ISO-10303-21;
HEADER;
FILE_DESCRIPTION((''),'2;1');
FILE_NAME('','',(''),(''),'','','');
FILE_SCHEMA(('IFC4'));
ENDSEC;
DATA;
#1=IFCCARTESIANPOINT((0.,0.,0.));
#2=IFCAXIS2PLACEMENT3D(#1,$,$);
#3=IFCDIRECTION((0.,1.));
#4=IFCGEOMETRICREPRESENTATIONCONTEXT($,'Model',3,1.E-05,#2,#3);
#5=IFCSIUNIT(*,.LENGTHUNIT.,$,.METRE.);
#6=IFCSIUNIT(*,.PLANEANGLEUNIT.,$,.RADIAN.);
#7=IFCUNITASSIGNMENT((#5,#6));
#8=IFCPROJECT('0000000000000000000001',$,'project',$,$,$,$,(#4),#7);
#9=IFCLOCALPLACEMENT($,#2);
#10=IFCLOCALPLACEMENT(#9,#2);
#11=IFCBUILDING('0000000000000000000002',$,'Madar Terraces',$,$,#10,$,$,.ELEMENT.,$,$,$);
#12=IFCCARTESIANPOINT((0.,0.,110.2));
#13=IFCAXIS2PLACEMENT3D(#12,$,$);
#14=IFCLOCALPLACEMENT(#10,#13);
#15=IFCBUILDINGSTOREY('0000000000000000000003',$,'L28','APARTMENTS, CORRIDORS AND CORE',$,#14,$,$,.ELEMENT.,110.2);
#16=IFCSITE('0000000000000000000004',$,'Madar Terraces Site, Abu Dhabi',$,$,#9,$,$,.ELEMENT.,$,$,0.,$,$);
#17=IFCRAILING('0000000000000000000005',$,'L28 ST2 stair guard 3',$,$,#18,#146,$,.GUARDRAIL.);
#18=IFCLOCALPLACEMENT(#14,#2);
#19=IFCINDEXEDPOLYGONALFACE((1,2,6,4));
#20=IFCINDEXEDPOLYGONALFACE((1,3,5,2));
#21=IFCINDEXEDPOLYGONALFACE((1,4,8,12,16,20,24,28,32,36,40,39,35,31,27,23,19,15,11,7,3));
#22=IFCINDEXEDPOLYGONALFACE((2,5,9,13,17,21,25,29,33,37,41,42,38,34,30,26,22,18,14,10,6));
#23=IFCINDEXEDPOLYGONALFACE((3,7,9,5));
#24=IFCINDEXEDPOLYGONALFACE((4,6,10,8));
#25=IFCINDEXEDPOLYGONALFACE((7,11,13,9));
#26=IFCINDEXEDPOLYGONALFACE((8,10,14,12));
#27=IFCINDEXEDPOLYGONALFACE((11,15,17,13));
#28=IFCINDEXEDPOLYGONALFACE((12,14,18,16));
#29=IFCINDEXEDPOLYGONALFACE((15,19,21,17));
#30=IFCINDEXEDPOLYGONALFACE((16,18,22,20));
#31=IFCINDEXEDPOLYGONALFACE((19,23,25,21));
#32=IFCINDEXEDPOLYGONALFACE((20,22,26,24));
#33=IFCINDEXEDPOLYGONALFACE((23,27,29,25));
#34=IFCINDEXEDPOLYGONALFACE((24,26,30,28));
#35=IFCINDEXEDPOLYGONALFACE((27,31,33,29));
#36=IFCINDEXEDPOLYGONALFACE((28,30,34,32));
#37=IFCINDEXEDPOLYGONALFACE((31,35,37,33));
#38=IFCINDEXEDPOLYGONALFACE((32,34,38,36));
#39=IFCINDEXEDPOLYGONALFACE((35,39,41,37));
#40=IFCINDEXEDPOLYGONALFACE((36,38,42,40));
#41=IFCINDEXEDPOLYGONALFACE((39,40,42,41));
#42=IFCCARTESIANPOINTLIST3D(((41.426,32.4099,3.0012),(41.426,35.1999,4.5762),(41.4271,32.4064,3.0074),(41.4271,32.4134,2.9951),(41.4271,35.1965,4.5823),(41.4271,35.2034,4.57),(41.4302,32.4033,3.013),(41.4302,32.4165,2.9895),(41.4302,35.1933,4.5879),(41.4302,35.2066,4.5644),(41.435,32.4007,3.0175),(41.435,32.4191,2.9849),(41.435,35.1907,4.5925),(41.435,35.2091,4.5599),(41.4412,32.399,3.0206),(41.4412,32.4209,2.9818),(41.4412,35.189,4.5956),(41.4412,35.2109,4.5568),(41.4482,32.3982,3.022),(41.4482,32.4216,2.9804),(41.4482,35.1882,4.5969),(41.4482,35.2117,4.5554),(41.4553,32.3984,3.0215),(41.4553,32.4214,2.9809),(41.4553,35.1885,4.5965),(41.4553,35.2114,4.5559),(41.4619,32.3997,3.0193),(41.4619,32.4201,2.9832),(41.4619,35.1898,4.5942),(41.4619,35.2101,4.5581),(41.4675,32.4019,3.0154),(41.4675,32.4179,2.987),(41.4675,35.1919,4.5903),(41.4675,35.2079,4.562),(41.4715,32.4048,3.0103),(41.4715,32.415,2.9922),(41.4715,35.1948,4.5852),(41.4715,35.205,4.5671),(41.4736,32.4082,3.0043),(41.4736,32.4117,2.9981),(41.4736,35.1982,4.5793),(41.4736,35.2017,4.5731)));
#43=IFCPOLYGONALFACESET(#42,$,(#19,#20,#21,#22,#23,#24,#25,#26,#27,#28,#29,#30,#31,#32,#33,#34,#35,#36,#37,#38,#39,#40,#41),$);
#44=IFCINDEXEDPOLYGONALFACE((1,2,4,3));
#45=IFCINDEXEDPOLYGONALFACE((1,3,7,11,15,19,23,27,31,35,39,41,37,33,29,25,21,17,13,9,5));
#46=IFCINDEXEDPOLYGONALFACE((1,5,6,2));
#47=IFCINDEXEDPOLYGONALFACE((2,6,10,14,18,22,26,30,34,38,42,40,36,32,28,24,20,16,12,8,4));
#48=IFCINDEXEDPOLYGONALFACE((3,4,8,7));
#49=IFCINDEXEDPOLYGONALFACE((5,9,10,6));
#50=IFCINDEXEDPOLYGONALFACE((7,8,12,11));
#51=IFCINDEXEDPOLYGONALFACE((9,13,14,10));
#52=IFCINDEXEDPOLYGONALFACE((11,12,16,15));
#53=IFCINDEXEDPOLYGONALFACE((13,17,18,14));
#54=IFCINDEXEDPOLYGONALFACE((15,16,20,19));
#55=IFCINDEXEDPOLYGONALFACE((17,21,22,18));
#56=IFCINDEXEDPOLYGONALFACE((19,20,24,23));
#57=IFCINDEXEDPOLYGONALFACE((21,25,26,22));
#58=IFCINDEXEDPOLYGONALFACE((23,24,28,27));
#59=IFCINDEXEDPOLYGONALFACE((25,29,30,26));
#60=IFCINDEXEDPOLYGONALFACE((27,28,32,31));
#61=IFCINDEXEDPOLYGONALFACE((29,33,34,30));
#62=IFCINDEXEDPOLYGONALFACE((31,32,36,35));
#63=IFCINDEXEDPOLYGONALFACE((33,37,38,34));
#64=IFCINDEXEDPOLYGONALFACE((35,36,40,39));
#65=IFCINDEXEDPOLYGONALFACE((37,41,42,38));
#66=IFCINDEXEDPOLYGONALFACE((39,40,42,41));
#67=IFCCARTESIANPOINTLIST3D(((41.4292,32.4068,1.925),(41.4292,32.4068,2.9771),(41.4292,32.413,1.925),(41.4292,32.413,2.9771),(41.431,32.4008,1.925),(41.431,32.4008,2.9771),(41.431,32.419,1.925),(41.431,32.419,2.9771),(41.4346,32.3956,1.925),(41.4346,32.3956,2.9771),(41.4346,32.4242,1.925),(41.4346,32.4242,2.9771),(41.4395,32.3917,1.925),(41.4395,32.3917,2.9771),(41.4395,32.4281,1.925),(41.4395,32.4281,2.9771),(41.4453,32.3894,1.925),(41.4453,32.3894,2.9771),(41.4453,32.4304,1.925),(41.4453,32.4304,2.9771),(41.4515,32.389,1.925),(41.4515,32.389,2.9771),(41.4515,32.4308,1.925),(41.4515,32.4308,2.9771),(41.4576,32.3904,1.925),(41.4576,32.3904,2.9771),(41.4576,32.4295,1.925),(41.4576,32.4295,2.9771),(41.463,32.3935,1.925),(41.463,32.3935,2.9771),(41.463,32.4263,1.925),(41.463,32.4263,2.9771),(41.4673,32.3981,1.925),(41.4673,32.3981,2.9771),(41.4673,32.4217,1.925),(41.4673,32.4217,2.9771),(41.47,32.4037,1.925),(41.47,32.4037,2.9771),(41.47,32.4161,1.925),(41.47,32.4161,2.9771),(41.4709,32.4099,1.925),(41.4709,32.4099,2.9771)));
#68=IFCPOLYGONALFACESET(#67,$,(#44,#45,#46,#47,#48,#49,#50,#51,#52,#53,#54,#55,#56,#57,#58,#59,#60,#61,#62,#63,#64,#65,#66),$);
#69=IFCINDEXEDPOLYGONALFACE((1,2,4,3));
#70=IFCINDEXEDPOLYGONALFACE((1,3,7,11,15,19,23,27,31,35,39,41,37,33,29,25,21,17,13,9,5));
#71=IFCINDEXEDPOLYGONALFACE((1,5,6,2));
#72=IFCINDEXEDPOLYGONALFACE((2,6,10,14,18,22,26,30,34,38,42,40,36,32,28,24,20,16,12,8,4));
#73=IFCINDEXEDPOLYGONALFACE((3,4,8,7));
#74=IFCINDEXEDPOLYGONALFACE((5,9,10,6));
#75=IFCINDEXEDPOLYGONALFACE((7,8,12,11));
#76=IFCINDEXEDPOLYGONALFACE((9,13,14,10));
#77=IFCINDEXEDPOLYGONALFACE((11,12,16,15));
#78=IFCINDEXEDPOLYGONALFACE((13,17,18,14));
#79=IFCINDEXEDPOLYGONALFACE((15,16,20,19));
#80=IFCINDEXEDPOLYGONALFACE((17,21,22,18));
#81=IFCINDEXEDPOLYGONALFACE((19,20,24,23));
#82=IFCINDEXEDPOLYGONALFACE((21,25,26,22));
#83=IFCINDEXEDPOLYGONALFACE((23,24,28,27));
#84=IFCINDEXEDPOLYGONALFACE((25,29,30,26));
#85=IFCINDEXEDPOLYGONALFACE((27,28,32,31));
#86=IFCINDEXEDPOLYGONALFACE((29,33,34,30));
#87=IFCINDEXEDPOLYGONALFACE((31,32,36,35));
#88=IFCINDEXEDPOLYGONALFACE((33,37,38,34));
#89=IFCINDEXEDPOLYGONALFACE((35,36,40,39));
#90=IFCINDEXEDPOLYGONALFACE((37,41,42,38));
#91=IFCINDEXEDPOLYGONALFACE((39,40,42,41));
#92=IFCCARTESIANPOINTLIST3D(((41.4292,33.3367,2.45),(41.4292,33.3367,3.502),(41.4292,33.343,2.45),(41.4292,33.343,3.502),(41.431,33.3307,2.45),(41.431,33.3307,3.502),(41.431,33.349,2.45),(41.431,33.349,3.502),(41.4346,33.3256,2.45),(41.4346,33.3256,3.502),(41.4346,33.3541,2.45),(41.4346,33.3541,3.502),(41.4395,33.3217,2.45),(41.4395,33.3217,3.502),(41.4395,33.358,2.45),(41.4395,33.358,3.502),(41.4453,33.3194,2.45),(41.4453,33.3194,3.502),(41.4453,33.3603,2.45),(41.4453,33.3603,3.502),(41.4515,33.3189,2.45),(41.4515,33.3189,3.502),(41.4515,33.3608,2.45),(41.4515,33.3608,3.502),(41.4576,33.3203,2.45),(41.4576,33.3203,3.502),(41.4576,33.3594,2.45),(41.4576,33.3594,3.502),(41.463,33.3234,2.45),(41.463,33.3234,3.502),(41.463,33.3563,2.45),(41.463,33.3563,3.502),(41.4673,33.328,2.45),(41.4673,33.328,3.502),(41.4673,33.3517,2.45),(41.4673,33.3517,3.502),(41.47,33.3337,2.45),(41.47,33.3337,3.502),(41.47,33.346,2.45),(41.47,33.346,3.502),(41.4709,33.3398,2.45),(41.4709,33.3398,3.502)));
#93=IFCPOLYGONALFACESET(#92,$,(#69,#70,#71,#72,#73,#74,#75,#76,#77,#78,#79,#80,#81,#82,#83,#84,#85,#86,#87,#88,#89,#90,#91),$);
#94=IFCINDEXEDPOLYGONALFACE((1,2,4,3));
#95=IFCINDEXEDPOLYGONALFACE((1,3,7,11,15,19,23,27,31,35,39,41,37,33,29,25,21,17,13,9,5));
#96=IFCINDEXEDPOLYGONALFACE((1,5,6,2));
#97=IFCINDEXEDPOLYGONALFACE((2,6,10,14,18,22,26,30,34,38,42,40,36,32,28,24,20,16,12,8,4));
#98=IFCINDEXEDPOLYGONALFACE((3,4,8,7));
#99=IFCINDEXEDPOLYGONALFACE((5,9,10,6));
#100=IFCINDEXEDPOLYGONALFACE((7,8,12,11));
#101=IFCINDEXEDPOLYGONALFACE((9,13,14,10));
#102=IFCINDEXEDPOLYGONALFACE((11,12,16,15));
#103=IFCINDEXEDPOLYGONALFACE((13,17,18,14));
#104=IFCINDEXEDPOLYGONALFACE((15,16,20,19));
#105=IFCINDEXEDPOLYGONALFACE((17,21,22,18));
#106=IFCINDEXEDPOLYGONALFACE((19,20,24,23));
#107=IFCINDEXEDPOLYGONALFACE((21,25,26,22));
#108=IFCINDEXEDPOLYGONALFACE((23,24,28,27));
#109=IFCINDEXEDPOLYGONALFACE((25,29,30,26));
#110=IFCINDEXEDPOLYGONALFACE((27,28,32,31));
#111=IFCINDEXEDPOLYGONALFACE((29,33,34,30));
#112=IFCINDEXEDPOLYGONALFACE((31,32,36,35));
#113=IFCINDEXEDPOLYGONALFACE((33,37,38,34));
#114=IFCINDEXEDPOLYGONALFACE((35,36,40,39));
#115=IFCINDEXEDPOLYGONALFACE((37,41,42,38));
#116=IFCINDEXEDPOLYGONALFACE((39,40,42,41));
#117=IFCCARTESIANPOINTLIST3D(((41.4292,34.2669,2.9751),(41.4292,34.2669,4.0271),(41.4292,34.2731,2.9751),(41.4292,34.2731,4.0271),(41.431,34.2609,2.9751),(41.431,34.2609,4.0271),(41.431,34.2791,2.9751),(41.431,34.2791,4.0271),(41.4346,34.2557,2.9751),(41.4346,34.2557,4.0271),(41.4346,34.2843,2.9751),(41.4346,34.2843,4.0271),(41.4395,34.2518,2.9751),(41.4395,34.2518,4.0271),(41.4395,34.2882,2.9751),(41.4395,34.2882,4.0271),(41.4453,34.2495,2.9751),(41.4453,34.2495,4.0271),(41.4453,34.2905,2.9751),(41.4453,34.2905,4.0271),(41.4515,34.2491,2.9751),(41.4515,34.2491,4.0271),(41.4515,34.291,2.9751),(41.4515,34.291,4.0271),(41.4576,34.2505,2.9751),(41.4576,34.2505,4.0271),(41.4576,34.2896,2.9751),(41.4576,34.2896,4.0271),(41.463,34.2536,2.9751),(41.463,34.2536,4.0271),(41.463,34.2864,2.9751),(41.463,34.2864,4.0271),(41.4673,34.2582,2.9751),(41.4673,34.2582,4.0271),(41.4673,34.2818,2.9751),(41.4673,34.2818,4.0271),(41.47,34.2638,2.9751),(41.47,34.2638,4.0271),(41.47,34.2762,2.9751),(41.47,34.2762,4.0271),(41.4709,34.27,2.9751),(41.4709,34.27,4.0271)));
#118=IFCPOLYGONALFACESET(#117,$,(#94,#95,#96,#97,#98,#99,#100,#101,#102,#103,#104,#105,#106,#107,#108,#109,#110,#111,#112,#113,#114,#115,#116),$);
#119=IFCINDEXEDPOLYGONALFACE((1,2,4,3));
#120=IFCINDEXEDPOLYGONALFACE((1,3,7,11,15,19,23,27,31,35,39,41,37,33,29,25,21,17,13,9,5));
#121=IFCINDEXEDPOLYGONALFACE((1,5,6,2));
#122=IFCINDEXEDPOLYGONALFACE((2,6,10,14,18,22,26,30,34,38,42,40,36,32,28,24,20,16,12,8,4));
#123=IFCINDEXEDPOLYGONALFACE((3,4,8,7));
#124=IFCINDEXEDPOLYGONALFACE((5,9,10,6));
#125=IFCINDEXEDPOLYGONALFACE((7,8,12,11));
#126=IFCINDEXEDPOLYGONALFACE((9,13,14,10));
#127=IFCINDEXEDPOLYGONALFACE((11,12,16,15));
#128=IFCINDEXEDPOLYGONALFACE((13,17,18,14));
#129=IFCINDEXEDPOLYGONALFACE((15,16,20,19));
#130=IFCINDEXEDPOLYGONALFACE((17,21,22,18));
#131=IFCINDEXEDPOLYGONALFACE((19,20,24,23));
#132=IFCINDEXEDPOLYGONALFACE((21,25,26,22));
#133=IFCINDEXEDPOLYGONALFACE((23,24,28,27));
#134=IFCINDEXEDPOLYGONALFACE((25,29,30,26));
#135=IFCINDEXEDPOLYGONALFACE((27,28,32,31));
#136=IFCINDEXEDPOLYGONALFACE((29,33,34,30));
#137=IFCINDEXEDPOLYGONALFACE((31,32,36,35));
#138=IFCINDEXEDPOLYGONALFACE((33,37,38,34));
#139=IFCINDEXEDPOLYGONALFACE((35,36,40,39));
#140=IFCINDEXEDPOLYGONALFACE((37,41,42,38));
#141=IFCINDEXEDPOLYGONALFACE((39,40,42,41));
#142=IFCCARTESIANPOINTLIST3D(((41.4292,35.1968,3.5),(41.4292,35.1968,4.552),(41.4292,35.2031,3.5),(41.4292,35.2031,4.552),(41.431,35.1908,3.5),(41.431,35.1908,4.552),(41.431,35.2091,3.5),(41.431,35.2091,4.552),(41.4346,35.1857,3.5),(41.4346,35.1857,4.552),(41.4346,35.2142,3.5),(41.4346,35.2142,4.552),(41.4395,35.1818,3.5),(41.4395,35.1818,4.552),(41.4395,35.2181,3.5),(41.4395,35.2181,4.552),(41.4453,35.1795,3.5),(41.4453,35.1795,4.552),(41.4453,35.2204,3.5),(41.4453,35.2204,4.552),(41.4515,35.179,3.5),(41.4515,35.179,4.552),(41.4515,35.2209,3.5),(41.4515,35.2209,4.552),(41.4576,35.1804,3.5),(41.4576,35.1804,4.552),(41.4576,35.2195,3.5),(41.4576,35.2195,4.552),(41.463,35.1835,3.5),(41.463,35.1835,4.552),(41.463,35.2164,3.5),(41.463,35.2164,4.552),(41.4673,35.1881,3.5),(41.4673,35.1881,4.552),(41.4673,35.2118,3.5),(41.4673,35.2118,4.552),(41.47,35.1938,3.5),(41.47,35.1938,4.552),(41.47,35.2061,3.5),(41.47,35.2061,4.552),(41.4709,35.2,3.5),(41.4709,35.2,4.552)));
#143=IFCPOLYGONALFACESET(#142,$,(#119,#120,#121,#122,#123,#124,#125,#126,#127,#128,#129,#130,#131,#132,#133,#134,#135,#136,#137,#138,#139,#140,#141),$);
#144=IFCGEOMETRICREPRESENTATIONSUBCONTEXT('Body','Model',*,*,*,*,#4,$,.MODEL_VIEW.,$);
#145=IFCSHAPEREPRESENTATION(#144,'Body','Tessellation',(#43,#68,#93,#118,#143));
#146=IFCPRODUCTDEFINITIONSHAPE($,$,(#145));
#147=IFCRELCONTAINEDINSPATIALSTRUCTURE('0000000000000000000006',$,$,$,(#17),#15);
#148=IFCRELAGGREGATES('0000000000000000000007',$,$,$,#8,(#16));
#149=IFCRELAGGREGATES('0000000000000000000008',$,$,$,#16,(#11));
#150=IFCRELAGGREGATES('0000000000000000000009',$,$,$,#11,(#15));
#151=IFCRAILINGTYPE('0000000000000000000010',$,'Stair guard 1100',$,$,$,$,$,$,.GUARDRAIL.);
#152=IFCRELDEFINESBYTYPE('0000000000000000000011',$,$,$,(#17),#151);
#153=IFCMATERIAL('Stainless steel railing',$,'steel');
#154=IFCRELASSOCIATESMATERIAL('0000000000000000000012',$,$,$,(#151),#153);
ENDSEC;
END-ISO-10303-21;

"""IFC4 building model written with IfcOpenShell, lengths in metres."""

from ifc_helpers import new_model, si_unit, direction, frame, origin, origin_2d, place, context, subcontext, project, spatial, circle, extrude, material, type_object, element, save


model = new_model("IFC4")

# Units and contexts
model_context = context("Model", 3, precision=1e-05, world=origin(), true_north=direction((0.0, 1.0)))
body_context = subcontext(model_context, "Body", "Model", "MODEL_VIEW")
ifc_project = project(units=[si_unit("LENGTHUNIT", "METRE"), si_unit("PLANEANGLEUNIT", "RADIAN")], contexts=[model_context])

# Site, building, storey
site_placement = place(None, origin())
site = spatial("IfcSite", under=ifc_project, at=site_placement, Name="Madar Terraces Site, Abu Dhabi", CompositionType="ELEMENT", RefElevation=0.0)
building_placement = place(site_placement, origin())
building = spatial("IfcBuilding", under=site, at=building_placement, Name="Madar Terraces", CompositionType="ELEMENT")
storey_placement = place(building_placement, frame((0.0, 0.0, 110.2)))
storey = spatial("IfcBuildingStorey", under=building, at=storey_placement, Name="L28", Description="APARTMENTS, CORRIDORS AND CORE", CompositionType="ELEMENT", Elevation=110.2)

# Railing
ifc_material_1 = material(Name="Stainless steel railing", Category="steel")
railing_type_1 = type_object("IfcRailingType", Name="Stair guard 1100", PredefinedType="GUARDRAIL", material=ifc_material_1)
railing_1_placement = place(storey_placement, frame((41.45, 32.4099, 1.925)))
element("IfcRailing", 1, at=railing_1_placement, inside=storey, type_object=railing_type_1, Name="L28 ST2 stair guard 3", PredefinedType="GUARDRAIL", context=body_context, shape_type="SweptSolid", body=[
    extrude(circle(Radius=0.0239, at=origin_2d()), frame((0.0, 0.0, 1.0762), z_axis=(0.0, 0.870834, 0.491578), x_axis=(-1.0, 0.0, 0.0)), (0.0, 0.0, 1.0), 3.2039),
    extrude(circle(Radius=0.021, at=origin_2d()), origin(), (0.0, 0.0, 1.0), 1.052),
    extrude(circle(Radius=0.021, at=origin_2d()), frame((0.0, 0.9299, 0.5249)), (0.0, 0.0, 1.0), 1.052),
    extrude(circle(Radius=0.021, at=origin_2d()), frame((0.0, 1.8601, 1.05)), (0.0, 0.0, 1.0), 1.052),
    extrude(circle(Radius=0.021, at=origin_2d()), frame((0.0, 2.79, 1.575)), (0.0, 0.0, 1.0), 1.052),
])

save(model, "model.ifc")
